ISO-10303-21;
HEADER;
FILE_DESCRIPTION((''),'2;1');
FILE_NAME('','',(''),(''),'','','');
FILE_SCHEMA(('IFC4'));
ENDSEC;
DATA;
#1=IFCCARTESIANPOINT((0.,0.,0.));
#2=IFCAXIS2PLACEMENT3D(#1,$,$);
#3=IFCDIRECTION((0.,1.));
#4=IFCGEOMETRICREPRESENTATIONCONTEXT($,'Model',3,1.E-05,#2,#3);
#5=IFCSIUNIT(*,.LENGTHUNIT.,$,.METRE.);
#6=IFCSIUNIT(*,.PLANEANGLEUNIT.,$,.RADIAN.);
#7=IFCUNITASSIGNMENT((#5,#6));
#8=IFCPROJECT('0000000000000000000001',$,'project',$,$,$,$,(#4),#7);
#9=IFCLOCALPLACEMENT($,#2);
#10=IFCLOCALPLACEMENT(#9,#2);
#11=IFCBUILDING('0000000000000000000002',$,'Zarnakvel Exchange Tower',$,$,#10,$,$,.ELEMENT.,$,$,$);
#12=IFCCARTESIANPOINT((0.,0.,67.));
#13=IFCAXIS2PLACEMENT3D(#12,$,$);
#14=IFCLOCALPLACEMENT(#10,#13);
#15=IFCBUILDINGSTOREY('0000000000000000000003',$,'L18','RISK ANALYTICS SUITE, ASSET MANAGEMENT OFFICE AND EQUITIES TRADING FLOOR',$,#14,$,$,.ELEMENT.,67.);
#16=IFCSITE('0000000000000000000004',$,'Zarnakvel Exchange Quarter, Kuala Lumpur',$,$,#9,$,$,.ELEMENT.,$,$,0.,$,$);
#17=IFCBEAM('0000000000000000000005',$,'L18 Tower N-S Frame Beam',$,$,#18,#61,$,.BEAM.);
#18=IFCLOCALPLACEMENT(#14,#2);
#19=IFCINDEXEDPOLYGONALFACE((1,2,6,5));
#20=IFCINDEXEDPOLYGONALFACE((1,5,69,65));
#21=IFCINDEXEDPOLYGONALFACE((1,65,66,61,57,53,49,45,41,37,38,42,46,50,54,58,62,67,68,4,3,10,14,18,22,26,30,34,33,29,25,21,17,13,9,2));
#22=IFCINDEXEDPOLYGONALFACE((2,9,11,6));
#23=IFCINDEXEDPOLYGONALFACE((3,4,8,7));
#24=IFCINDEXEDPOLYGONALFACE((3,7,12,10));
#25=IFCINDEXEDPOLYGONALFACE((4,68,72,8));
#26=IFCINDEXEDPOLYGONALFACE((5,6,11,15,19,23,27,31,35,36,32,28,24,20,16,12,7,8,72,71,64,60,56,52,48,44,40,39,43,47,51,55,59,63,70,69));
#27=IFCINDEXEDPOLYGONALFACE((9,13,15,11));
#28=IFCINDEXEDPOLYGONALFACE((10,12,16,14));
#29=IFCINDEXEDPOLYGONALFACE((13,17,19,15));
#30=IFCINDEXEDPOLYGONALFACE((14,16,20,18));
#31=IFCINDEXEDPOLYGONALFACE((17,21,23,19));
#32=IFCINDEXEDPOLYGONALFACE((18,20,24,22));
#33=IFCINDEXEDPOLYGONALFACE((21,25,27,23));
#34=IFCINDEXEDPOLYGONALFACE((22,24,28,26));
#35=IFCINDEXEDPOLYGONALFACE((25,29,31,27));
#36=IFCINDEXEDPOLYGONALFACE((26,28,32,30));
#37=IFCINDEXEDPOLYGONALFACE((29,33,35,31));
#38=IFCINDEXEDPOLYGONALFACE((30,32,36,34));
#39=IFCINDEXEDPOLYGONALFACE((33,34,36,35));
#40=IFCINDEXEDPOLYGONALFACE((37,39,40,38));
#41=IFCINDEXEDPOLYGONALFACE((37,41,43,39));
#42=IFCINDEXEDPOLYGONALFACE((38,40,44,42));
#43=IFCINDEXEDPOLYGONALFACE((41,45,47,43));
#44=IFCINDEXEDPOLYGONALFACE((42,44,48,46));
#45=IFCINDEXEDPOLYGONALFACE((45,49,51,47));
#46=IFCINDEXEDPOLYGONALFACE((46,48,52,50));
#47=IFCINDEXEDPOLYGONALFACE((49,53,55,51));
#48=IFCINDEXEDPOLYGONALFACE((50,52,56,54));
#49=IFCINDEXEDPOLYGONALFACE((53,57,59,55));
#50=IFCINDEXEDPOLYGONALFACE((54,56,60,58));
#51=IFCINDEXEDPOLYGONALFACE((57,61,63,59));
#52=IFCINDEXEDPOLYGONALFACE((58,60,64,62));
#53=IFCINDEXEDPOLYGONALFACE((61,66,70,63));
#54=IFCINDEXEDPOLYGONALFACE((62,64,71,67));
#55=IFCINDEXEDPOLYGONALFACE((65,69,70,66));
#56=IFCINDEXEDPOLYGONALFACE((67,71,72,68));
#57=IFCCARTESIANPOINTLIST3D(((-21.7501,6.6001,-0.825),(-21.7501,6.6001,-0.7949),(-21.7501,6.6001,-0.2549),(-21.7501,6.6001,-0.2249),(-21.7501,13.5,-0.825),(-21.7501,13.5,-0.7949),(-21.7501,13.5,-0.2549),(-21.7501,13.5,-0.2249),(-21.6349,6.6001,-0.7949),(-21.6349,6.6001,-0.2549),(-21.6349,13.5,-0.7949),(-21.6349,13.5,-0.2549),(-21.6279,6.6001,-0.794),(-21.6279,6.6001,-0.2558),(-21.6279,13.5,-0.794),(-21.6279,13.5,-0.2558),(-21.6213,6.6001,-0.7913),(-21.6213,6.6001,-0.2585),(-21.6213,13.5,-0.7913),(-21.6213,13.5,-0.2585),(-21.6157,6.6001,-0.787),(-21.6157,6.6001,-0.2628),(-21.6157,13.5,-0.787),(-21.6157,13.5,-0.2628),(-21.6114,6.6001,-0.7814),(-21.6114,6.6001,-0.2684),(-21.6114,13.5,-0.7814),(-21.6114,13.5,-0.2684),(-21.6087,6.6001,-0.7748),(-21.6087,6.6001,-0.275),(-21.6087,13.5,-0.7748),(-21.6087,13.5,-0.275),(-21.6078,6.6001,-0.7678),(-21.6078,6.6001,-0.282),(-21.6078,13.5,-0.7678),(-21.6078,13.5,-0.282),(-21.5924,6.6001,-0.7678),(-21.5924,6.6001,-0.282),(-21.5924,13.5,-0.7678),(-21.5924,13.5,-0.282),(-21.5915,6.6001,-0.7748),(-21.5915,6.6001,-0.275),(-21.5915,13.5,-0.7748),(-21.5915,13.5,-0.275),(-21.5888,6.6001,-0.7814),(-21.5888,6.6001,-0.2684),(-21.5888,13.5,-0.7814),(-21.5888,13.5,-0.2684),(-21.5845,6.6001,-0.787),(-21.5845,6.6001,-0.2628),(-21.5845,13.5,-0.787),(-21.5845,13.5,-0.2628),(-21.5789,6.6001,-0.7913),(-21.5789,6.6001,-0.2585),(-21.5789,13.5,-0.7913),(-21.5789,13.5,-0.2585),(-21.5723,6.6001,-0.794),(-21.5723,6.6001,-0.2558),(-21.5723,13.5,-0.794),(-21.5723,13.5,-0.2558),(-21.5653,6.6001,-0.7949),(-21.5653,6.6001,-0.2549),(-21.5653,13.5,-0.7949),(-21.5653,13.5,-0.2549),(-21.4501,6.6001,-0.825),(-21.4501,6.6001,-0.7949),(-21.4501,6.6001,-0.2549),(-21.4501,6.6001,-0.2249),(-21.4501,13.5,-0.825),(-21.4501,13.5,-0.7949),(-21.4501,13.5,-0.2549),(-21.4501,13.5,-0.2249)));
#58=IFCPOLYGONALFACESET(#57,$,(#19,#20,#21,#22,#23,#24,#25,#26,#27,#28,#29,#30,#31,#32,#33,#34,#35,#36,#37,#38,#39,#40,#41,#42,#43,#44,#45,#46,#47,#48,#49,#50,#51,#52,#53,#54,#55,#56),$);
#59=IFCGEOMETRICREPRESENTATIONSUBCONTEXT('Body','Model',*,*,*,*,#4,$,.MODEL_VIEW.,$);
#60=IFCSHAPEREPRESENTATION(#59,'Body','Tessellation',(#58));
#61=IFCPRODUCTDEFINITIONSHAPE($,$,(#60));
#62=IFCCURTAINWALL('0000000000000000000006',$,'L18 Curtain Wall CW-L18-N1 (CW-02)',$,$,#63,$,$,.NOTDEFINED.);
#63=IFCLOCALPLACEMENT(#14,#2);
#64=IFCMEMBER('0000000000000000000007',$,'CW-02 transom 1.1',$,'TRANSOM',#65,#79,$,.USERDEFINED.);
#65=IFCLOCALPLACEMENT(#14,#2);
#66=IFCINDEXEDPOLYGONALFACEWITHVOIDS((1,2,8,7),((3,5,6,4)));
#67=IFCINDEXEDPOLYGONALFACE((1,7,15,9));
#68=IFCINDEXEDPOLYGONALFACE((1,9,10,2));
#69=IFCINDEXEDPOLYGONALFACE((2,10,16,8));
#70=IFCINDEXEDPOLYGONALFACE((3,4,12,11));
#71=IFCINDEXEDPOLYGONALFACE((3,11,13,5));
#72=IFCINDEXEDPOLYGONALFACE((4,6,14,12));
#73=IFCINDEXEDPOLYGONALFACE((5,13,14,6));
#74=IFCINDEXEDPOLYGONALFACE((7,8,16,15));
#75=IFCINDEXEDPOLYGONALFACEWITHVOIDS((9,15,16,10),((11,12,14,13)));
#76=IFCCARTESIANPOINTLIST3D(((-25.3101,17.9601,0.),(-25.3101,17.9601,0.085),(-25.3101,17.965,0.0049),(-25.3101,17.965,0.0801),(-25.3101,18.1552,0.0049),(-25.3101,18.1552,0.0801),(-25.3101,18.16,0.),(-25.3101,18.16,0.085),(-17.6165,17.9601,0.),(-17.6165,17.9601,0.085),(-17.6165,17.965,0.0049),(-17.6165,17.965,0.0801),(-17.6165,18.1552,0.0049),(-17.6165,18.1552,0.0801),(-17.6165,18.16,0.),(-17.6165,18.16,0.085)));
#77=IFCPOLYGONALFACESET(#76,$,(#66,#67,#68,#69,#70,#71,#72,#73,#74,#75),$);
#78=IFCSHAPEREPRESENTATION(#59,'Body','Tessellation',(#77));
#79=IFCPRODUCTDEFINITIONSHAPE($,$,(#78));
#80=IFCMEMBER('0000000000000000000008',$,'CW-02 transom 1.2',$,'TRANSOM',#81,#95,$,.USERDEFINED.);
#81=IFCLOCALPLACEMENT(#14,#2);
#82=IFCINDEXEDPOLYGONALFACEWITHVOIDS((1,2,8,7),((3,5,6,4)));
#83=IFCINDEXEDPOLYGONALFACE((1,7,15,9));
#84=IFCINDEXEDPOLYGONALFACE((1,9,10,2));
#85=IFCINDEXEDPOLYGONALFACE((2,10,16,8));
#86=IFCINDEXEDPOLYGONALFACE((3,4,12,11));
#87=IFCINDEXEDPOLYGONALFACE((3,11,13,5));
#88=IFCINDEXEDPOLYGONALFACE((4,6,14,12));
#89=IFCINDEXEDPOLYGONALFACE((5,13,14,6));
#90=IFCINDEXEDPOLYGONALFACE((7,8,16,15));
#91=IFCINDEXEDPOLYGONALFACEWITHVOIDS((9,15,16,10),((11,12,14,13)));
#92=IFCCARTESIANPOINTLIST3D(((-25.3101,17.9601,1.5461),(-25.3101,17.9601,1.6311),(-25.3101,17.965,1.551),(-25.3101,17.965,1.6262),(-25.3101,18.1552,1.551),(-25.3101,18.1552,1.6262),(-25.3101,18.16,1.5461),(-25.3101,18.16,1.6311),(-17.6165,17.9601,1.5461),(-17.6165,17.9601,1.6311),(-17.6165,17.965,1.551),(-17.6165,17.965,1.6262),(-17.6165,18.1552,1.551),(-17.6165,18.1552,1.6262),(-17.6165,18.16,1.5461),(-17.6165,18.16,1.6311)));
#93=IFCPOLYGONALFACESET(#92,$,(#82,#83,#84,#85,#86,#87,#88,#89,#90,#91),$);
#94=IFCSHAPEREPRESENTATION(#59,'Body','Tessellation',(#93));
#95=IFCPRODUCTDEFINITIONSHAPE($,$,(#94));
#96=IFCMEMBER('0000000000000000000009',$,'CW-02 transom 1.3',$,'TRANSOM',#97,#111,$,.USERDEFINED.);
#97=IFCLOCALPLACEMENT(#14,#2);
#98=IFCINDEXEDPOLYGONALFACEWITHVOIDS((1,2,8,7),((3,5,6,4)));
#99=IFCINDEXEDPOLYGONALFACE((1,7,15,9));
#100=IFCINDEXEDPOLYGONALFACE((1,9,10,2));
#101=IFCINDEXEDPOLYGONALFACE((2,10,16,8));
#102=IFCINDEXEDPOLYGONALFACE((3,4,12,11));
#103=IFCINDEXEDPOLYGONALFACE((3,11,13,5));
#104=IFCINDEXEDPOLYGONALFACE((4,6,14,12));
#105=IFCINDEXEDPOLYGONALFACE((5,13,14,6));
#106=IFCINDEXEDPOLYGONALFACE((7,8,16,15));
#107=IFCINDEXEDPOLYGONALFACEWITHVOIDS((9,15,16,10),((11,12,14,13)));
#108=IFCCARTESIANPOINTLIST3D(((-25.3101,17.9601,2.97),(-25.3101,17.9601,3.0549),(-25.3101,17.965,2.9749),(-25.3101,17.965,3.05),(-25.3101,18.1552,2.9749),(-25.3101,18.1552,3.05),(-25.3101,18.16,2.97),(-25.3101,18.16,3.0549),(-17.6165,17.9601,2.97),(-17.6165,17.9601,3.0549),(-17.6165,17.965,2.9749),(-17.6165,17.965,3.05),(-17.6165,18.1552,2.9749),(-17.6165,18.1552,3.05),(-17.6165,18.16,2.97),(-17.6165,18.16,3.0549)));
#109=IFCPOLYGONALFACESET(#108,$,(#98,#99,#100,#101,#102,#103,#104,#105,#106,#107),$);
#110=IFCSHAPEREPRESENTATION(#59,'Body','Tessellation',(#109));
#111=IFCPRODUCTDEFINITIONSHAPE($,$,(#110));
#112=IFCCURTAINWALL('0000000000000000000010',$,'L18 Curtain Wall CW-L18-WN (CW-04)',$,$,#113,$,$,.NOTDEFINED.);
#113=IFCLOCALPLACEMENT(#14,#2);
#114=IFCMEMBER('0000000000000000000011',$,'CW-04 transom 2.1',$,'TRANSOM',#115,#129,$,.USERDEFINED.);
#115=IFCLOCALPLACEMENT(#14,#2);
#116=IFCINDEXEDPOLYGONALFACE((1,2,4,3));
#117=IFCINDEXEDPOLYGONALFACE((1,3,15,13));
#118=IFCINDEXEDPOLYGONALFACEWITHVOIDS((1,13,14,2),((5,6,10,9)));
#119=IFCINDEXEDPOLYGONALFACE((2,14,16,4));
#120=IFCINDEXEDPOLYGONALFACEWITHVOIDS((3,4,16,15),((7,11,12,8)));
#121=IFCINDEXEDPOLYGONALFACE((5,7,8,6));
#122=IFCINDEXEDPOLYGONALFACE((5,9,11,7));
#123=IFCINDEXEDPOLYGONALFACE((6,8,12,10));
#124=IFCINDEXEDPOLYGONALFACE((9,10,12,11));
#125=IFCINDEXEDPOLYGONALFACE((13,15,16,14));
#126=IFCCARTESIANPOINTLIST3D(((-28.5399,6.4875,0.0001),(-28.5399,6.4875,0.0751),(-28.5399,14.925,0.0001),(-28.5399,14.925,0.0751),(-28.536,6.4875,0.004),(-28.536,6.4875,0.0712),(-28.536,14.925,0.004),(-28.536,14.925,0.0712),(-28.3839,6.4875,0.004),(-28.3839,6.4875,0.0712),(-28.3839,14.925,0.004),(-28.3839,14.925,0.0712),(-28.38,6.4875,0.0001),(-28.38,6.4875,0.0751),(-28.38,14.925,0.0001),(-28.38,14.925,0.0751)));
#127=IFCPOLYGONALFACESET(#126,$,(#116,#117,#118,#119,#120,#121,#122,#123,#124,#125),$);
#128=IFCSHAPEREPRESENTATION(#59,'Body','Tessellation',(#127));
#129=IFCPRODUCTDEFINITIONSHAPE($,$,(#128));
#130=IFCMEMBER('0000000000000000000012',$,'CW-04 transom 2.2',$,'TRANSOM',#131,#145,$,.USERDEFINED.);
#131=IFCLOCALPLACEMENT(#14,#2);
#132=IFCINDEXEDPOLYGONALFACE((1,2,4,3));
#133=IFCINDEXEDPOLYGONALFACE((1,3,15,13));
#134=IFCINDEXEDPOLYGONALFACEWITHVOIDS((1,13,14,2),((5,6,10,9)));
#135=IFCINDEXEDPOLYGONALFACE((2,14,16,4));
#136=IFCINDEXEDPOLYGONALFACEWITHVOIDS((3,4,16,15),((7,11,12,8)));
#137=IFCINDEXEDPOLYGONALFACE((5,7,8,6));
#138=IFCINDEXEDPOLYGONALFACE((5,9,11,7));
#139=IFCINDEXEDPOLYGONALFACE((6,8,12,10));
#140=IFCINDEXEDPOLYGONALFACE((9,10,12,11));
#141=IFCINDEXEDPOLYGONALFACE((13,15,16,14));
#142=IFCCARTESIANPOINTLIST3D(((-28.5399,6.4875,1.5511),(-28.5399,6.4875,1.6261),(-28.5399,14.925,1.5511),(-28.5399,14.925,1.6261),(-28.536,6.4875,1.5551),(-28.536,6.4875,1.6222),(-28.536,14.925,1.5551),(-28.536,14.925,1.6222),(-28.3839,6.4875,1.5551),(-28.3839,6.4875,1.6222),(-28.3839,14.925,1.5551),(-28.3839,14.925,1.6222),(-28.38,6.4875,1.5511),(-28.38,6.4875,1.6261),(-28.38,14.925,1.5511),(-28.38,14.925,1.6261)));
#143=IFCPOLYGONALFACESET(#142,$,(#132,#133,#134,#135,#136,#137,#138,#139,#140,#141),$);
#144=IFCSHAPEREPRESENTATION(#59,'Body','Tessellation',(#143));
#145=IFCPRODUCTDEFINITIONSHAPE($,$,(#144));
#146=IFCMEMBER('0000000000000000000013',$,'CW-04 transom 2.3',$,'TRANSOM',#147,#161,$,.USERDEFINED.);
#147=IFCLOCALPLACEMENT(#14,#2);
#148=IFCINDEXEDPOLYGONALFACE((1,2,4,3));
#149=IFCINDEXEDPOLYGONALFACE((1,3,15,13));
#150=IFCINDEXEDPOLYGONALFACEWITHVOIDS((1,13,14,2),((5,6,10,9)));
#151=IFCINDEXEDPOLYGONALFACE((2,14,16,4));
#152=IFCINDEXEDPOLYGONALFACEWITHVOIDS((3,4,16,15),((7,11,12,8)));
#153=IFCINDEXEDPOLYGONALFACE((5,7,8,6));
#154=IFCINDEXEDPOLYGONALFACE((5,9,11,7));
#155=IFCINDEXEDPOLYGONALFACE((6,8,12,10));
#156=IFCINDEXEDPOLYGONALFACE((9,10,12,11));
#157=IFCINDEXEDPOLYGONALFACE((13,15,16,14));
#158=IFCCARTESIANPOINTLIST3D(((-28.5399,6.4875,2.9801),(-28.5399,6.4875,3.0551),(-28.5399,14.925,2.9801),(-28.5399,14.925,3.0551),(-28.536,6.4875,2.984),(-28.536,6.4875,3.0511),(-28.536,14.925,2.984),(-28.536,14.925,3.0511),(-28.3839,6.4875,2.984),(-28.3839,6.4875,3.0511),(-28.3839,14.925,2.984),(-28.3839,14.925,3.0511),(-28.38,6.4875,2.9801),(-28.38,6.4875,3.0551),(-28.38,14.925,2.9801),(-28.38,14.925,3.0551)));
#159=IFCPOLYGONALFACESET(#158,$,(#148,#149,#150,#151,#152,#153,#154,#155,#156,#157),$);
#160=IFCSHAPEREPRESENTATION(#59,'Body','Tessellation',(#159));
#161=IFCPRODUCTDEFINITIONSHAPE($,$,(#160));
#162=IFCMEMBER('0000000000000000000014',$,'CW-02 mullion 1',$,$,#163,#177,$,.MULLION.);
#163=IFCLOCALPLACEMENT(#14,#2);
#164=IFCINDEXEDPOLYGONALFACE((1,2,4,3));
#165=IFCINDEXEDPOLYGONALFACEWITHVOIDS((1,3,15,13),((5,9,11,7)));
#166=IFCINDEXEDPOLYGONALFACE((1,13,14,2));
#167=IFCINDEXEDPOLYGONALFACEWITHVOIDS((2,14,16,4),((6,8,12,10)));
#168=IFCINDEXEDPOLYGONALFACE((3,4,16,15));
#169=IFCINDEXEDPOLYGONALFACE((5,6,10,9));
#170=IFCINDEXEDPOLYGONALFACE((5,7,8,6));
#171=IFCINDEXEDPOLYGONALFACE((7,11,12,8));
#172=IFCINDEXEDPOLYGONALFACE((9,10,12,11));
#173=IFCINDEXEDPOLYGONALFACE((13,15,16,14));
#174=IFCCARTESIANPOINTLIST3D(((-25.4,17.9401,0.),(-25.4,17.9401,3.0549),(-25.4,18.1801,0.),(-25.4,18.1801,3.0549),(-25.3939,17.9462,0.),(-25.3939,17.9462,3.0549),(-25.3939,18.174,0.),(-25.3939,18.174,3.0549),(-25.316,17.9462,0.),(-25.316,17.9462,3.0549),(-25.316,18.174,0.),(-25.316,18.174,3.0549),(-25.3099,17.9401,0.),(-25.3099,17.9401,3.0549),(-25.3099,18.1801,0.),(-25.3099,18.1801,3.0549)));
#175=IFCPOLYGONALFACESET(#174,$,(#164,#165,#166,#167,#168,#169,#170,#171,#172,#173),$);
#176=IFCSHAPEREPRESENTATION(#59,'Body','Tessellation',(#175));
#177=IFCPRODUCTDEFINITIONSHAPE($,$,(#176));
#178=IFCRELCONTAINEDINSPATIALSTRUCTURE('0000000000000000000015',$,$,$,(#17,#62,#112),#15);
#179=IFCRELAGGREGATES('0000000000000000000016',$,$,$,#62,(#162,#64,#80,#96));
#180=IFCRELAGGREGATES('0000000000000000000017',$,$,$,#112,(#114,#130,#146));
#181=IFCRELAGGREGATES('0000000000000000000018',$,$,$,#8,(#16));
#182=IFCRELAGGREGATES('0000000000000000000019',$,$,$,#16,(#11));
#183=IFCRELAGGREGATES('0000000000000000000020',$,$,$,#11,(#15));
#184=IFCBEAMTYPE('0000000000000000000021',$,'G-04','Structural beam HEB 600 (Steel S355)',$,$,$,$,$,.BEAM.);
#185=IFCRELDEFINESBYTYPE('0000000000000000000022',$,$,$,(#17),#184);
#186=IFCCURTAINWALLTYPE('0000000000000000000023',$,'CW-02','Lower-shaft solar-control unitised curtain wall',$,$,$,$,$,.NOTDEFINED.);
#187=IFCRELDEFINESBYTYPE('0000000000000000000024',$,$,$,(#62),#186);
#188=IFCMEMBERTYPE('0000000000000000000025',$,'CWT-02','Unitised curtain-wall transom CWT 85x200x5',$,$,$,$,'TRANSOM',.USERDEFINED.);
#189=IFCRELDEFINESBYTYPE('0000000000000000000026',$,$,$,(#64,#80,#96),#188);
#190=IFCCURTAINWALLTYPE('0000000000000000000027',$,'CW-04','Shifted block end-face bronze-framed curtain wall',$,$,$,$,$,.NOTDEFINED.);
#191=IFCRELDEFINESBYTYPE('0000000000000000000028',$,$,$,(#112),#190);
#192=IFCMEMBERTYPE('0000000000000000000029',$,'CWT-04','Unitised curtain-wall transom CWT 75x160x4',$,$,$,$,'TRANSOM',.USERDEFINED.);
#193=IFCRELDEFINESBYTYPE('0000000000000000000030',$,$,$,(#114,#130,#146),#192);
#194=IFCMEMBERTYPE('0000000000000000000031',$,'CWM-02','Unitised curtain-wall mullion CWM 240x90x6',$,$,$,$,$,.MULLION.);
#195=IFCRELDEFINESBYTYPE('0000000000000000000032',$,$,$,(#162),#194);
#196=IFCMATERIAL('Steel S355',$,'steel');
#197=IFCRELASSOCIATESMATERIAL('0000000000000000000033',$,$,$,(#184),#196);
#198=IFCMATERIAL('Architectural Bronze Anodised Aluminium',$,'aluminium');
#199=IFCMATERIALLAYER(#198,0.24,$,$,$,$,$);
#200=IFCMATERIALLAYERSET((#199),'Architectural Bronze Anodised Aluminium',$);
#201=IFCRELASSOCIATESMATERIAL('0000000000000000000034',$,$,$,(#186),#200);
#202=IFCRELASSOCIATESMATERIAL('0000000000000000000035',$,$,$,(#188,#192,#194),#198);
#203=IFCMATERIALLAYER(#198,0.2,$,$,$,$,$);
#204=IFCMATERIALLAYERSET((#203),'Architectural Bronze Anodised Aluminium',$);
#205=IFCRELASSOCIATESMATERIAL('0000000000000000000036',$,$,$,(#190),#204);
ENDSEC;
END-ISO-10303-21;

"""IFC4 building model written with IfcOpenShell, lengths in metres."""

from ifc_helpers import new_model, si_unit, direction, frame, origin, origin_2d, place, context, subcontext, project, spatial, hollow_rectangle, i_section, extrude, source, transform, mapped, material, layer, layer_set, material_profile, profile_set, type_object, element, aggregate, save


model = new_model("IFC4")

# Units and contexts
model_context = context("Model", 3, precision=1e-05, world=origin(), true_north=direction((0.0, 1.0)))
body_context = subcontext(model_context, "Body", "Model", "MODEL_VIEW")
ifc_project = project(units=[si_unit("LENGTHUNIT", "METRE"), si_unit("PLANEANGLEUNIT", "RADIAN")], contexts=[model_context])

# Site, building, storey
site_placement = place(None, origin())
site = spatial("IfcSite", under=ifc_project, at=site_placement, Name="Zarnakvel Exchange Quarter, Kuala Lumpur", CompositionType="ELEMENT", RefElevation=0.0)
building_placement = place(site_placement, origin())
building = spatial("IfcBuilding", under=site, at=building_placement, Name="Zarnakvel Exchange Tower", CompositionType="ELEMENT")
storey_placement = place(building_placement, frame((0.0, 0.0, 67.0)))
storey = spatial("IfcBuildingStorey", under=building, at=storey_placement, Name="L18", Description="RISK ANALYTICS SUITE, ASSET MANAGEMENT OFFICE AND EQUITIES TRADING FLOOR", CompositionType="ELEMENT", Elevation=67.0)

# Shared definitions
ifc_material_1 = material(Name="Steel S355", Category="steel")

# Beam
ifc_material_profile_1 = material_profile(ifc_material_1, i_section(OverallWidth=0.3, OverallDepth=0.6001, WebThickness=0.0154, FlangeThickness=0.03, FilletRadius=0.0271, at=origin_2d()))
ifc_profile_set_1 = profile_set([ifc_material_profile_1], Name="Steel S355")
beam_type = type_object("IfcBeamType", Name="G-04", Description="Structural beam HEB 600 (Steel S355)", PredefinedType="BEAM", material=ifc_profile_set_1)
beam_1_placement = place(storey_placement, frame((-21.6001, 6.6001, -0.5249), z_axis=(0.0, 1.0, 0.0), x_axis=(-1.0, 0.0, 0.0)))
element("IfcBeam", 1, at=beam_1_placement, inside=storey, type_object=beam_type, Name="L18 Tower N-S Frame Beam", PredefinedType="BEAM", context=body_context, shape_type="SweptSolid", body=[
    extrude(i_section(OverallWidth=0.3, OverallDepth=0.6001, WebThickness=0.0154, FlangeThickness=0.03, FilletRadius=0.0271, at=origin_2d()), origin(), (0.0, 0.0, 1.0), 6.8999),
])

# Curtain walls, members
ifc_material_2 = material(Name="Architectural Bronze Anodised Aluminium", Category="aluminium")
ifc_layer_1 = layer(ifc_material_2, 0.24)
ifc_layer_set_1 = layer_set([ifc_layer_1], Name="Architectural Bronze Anodised Aluminium")
curtain_wall_type_1 = type_object("IfcCurtainWallType", Name="CW-02", Description="Lower-shaft solar-control unitised curtain wall", PredefinedType="NOTDEFINED", material=ifc_layer_set_1)
curtain_wall_1_placement = place(storey_placement, origin())
curtain_wall_1 = element("IfcCurtainWall", 2, at=curtain_wall_1_placement, inside=storey, type_object=curtain_wall_type_1, Name="L18 Curtain Wall CW-L18-N1 (CW-02)", PredefinedType="NOTDEFINED")
ifc_material_profile_2 = material_profile(ifc_material_2, hollow_rectangle(XDim=0.2, YDim=0.085, WallThickness=0.0049, at=origin_2d()))
ifc_profile_set_2 = profile_set([ifc_material_profile_2], Name="Architectural Bronze Anodised Aluminium")
member_type_1 = type_object("IfcMemberType", Name="CWT-02", Description="Unitised curtain-wall transom CWT 85x200x5", ElementType="TRANSOM", PredefinedType="USERDEFINED", material=ifc_profile_set_2)
shared_shape_1 = source(origin(), body_context, "Body", "SweptSolid", [
    extrude(hollow_rectangle(XDim=0.2, YDim=0.085, WallThickness=0.0049, at=origin_2d()), origin(), (0.0, 0.0, 1.0), 7.6936),
])
member_1_placement = place(storey_placement, frame((-25.3101, 18.0601, 0.0425), z_axis=(1.0, 0.0, 0.0), x_axis=(0.0, 1.0, 0.0)))
member_1 = element("IfcMember", 3, at=member_1_placement, type_object=member_type_1, Name="CW-02 transom 1.1", ObjectType="TRANSOM", PredefinedType="USERDEFINED", context=body_context, shape_type="MappedRepresentation", body=[
    mapped(shared_shape_1, transform((0.0, 0.0, 0.0), x_axis=(1.0, 0.0, 0.0), y_axis=(0.0, 1.0, 0.0), z_axis=(0.0, 0.0, 1.0), scale=1.0)),
])
member_2_placement = place(storey_placement, frame((-25.3101, 18.0601, 1.5886), z_axis=(1.0, 0.0, 0.0), x_axis=(0.0, 1.0, 0.0)))
member_2 = element("IfcMember", 4, at=member_2_placement, type_object=member_type_1, Name="CW-02 transom 1.2", ObjectType="TRANSOM", PredefinedType="USERDEFINED", context=body_context, shape_type="MappedRepresentation", body=[
    mapped(shared_shape_1, transform((0.0, 0.0, 0.0), x_axis=(1.0, 0.0, 0.0), y_axis=(0.0, 1.0, 0.0), z_axis=(0.0, 0.0, 1.0), scale=1.0)),
])
member_3_placement = place(storey_placement, frame((-25.3101, 18.0601, 3.0125), z_axis=(1.0, 0.0, 0.0), x_axis=(0.0, 1.0, 0.0)))
member_3 = element("IfcMember", 5, at=member_3_placement, type_object=member_type_1, Name="CW-02 transom 1.3", ObjectType="TRANSOM", PredefinedType="USERDEFINED", context=body_context, shape_type="MappedRepresentation", body=[
    mapped(shared_shape_1, transform((0.0, 0.0, 0.0), x_axis=(1.0, 0.0, 0.0), y_axis=(0.0, 1.0, 0.0), z_axis=(0.0, 0.0, 1.0), scale=1.0)),
])
ifc_layer_2 = layer(ifc_material_2, 0.2)
ifc_layer_set_2 = layer_set([ifc_layer_2], Name="Architectural Bronze Anodised Aluminium")
curtain_wall_type_2 = type_object("IfcCurtainWallType", Name="CW-04", Description="Shifted block end-face bronze-framed curtain wall", PredefinedType="NOTDEFINED", material=ifc_layer_set_2)
curtain_wall_2_placement = place(storey_placement, origin())
curtain_wall_2 = element("IfcCurtainWall", 6, at=curtain_wall_2_placement, inside=storey, type_object=curtain_wall_type_2, Name="L18 Curtain Wall CW-L18-WN (CW-04)", PredefinedType="NOTDEFINED")
ifc_material_profile_3 = material_profile(ifc_material_2, hollow_rectangle(XDim=0.1599, YDim=0.075, WallThickness=0.0039, at=origin_2d()))
ifc_profile_set_3 = profile_set([ifc_material_profile_3], Name="Architectural Bronze Anodised Aluminium")
member_type_2 = type_object("IfcMemberType", Name="CWT-04", Description="Unitised curtain-wall transom CWT 75x160x4", ElementType="TRANSOM", PredefinedType="USERDEFINED", material=ifc_profile_set_3)
shared_shape_2 = source(origin(), body_context, "Body", "SweptSolid", [
    extrude(hollow_rectangle(XDim=0.1599, YDim=0.075, WallThickness=0.0039, at=origin_2d()), origin(), (0.0, 0.0, 1.0), 8.4375),
])
member_4_placement = place(storey_placement, frame((-28.46, 6.4875, 0.0376), z_axis=(0.0, 1.0, 0.0), x_axis=(-1.0, 0.0, 0.0)))
member_4 = element("IfcMember", 7, at=member_4_placement, type_object=member_type_2, Name="CW-04 transom 2.1", ObjectType="TRANSOM", PredefinedType="USERDEFINED", context=body_context, shape_type="MappedRepresentation", body=[
    mapped(shared_shape_2, transform((0.0, 0.0, 0.0), x_axis=(1.0, 0.0, 0.0), y_axis=(0.0, 1.0, 0.0), z_axis=(0.0, 0.0, 1.0), scale=1.0)),
])
member_5_placement = place(storey_placement, frame((-28.46, 6.4875, 1.5886), z_axis=(0.0, 1.0, 0.0), x_axis=(-1.0, 0.0, 0.0)))
member_5 = element("IfcMember", 8, at=member_5_placement, type_object=member_type_2, Name="CW-04 transom 2.2", ObjectType="TRANSOM", PredefinedType="USERDEFINED", context=body_context, shape_type="MappedRepresentation", body=[
    mapped(shared_shape_2, transform((0.0, 0.0, 0.0), x_axis=(1.0, 0.0, 0.0), y_axis=(0.0, 1.0, 0.0), z_axis=(0.0, 0.0, 1.0), scale=1.0)),
])
member_6_placement = place(storey_placement, frame((-28.46, 6.4875, 3.0176), z_axis=(0.0, 1.0, 0.0), x_axis=(-1.0, 0.0, 0.0)))
member_6 = element("IfcMember", 9, at=member_6_placement, type_object=member_type_2, Name="CW-04 transom 2.3", ObjectType="TRANSOM", PredefinedType="USERDEFINED", context=body_context, shape_type="MappedRepresentation", body=[
    mapped(shared_shape_2, transform((0.0, 0.0, 0.0), x_axis=(1.0, 0.0, 0.0), y_axis=(0.0, 1.0, 0.0), z_axis=(0.0, 0.0, 1.0), scale=1.0)),
])

# Member
ifc_material_profile_4 = material_profile(ifc_material_2, hollow_rectangle(XDim=0.24, YDim=0.0901, WallThickness=0.0061, at=origin_2d()))
ifc_profile_set_4 = profile_set([ifc_material_profile_4], Name="Architectural Bronze Anodised Aluminium")
member_type_3 = type_object("IfcMemberType", Name="CWM-02", Description="Unitised curtain-wall mullion CWM 240x90x6", PredefinedType="MULLION", material=ifc_profile_set_4)
shared_shape_3 = source(origin(), body_context, "Body", "SweptSolid", [
    extrude(hollow_rectangle(XDim=0.24, YDim=0.0901, WallThickness=0.0061, at=origin_2d()), origin(), (0.0, 0.0, 1.0), 3.0549),
])
member_7_placement = place(storey_placement, frame((-25.355, 18.0601, 0.0), z_axis=(0.0, 0.0, 1.0), x_axis=(0.0, 1.0, 0.0)))
member_7 = element("IfcMember", 10, at=member_7_placement, type_object=member_type_3, Name="CW-02 mullion 1", PredefinedType="MULLION", context=body_context, shape_type="MappedRepresentation", body=[
    mapped(shared_shape_3, transform((0.0, 0.0, 0.0), x_axis=(1.0, 0.0, 0.0), y_axis=(0.0, 1.0, 0.0), z_axis=(0.0, 0.0, 1.0), scale=1.0)),
])
aggregate(curtain_wall_1, [member_7, member_1, member_2, member_3])

aggregate(curtain_wall_2, [member_4, member_5, member_6])

save(model, "model.ifc")
